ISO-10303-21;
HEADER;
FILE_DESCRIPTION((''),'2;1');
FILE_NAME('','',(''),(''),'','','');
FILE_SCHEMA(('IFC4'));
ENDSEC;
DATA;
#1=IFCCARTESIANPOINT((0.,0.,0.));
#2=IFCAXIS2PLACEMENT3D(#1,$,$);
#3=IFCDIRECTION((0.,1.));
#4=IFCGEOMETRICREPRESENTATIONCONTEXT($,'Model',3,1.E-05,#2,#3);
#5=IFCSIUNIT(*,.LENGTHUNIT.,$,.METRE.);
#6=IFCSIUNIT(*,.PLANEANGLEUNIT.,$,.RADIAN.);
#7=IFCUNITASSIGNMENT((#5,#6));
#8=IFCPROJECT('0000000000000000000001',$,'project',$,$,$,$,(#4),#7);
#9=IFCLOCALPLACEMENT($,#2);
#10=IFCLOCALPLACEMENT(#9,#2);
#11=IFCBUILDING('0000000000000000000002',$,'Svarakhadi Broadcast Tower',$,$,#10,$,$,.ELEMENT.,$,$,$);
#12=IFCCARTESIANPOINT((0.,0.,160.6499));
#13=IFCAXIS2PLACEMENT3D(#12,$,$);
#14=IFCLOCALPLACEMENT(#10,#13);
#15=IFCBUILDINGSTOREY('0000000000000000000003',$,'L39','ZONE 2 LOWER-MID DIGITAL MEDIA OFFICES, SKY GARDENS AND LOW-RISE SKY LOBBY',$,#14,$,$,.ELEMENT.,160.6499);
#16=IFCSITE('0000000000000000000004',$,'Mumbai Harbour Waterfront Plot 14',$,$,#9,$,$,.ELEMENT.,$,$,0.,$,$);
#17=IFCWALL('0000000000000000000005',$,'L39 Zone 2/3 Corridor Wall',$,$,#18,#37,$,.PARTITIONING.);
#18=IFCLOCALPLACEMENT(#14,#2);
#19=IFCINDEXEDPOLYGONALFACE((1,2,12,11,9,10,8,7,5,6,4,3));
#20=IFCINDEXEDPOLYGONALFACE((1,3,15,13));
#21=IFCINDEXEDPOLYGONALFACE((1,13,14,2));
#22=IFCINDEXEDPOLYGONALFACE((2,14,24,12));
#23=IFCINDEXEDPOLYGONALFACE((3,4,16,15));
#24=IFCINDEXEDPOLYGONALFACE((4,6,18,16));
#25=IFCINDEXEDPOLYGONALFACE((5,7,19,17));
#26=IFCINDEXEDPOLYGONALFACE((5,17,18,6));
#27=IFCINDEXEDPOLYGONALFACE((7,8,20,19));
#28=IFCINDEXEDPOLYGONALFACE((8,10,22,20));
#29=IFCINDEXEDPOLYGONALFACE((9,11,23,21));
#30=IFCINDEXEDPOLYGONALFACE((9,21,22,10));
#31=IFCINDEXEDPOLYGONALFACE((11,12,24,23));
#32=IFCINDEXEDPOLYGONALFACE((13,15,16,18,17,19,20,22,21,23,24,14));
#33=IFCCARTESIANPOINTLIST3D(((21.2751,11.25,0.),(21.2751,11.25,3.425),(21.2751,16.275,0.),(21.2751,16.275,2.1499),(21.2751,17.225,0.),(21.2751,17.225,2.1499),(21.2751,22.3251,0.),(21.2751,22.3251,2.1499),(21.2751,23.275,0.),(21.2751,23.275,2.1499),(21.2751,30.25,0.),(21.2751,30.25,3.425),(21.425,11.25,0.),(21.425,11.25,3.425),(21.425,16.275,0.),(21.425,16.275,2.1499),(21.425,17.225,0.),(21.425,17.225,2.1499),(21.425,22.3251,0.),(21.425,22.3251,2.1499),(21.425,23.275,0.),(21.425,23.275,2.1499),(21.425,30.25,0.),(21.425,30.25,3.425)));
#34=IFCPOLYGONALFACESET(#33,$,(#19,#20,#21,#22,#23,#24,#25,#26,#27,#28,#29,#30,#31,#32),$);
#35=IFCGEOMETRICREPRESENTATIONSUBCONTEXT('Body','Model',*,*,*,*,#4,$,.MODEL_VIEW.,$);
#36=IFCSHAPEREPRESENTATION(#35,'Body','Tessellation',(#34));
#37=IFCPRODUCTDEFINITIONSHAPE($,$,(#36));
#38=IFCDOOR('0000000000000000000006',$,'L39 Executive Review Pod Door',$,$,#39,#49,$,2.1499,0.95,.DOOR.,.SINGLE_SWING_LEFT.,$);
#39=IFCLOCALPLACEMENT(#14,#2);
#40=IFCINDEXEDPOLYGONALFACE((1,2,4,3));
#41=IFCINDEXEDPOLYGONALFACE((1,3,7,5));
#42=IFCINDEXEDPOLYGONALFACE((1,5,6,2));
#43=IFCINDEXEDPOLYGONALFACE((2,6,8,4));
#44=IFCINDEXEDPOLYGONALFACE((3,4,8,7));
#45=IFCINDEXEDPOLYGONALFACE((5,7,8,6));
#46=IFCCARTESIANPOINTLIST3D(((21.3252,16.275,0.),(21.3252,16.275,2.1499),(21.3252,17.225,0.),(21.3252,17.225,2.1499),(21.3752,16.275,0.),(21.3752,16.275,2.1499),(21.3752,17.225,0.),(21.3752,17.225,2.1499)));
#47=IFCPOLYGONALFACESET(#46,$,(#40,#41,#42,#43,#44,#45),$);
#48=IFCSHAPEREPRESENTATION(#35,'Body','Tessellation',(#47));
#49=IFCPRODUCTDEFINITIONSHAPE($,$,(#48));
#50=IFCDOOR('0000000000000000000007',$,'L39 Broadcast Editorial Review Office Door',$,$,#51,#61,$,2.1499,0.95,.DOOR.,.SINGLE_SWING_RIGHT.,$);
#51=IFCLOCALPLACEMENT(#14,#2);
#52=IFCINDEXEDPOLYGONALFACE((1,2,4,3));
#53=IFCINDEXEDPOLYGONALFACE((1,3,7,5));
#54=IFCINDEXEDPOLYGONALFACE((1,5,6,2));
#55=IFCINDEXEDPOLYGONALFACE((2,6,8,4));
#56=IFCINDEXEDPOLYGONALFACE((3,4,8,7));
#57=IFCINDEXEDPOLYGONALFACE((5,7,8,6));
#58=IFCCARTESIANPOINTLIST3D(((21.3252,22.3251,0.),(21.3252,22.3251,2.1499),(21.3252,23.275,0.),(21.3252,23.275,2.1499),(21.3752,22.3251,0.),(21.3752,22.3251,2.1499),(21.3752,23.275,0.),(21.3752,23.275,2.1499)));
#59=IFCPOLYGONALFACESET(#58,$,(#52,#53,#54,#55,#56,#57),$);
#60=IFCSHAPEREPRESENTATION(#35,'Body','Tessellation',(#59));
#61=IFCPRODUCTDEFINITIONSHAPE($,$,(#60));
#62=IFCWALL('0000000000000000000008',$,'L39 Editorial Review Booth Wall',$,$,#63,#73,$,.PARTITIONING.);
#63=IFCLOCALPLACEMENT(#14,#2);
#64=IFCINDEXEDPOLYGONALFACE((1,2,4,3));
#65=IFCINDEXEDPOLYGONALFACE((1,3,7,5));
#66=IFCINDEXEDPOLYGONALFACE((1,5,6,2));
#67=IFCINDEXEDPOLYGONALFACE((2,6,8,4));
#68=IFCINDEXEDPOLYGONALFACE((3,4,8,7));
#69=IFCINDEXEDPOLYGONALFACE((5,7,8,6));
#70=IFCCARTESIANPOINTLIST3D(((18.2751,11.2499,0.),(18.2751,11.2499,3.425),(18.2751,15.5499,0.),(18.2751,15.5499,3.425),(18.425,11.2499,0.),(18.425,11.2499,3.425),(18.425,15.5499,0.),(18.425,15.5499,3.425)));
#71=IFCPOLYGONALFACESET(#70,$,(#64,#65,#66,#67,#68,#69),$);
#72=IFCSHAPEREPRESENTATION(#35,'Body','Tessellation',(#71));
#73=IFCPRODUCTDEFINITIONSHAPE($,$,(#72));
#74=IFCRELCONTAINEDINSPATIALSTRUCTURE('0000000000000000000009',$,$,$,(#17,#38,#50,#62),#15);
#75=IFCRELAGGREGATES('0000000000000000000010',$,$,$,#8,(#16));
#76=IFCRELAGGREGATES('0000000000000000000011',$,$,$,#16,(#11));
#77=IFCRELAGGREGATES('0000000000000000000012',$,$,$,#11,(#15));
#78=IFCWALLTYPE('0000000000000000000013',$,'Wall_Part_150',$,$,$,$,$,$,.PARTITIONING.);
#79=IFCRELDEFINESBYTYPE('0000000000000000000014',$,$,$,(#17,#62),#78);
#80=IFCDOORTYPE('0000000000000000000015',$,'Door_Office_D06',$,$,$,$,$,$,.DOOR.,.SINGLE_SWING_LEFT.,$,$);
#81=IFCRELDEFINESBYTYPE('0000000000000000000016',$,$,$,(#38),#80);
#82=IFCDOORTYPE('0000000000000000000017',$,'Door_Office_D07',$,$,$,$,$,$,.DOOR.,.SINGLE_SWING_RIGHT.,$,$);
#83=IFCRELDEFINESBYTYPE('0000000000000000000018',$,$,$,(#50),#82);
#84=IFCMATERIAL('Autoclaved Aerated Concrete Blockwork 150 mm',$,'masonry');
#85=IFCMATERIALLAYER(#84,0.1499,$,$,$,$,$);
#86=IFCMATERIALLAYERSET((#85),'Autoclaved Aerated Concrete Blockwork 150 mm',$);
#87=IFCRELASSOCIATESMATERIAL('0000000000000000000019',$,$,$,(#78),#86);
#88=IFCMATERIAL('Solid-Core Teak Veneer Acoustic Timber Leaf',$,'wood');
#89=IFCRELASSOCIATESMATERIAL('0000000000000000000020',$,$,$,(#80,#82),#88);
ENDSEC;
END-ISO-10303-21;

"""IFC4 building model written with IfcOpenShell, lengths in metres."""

from ifc_helpers import new_model, si_unit, direction, frame, frame_2d, origin, place, context, subcontext, project, spatial, rectangle, extrude, material, layer, layer_set, type_object, element, fill, save


model = new_model("IFC4")

# Units and contexts
model_context = context("Model", 3, precision=1e-05, world=origin(), true_north=direction((0.0, 1.0)))
body_context = subcontext(model_context, "Body", "Model", "MODEL_VIEW")
ifc_project = project(units=[si_unit("LENGTHUNIT", "METRE"), si_unit("PLANEANGLEUNIT", "RADIAN")], contexts=[model_context])

# Site, building, storey
site_placement = place(None, origin())
site = spatial("IfcSite", under=ifc_project, at=site_placement, Name="Mumbai Harbour Waterfront Plot 14", CompositionType="ELEMENT", RefElevation=0.0)
building_placement = place(site_placement, origin())
building = spatial("IfcBuilding", under=site, at=building_placement, Name="Svarakhadi Broadcast Tower", CompositionType="ELEMENT")
storey_placement = place(building_placement, frame((0.0, 0.0, 160.6499)))
storey = spatial("IfcBuildingStorey", under=building, at=storey_placement, Name="L39", Description="ZONE 2 LOWER-MID DIGITAL MEDIA OFFICES, SKY GARDENS AND LOW-RISE SKY LOBBY", CompositionType="ELEMENT", Elevation=160.6499)

# Shared definitions
ifc_material_1 = material(Name="Autoclaved Aerated Concrete Blockwork 150 mm", Category="masonry")
ifc_layer_1 = layer(ifc_material_1, 0.1499)
ifc_layer_set_1 = layer_set([ifc_layer_1], Name="Autoclaved Aerated Concrete Blockwork 150 mm")
wall_type = type_object("IfcWallType", Name="Wall_Part_150", PredefinedType="PARTITIONING", material=ifc_layer_set_1)

# Wall, openings, doors
ifc_material_2 = material(Name="Solid-Core Teak Veneer Acoustic Timber Leaf", Category="wood")
door_type_1 = type_object("IfcDoorType", Name="Door_Office_D06", OperationType="SINGLE_SWING_LEFT", PredefinedType="DOOR", material=ifc_material_2)
door_type_2 = type_object("IfcDoorType", Name="Door_Office_D07", OperationType="SINGLE_SWING_RIGHT", PredefinedType="DOOR", material=ifc_material_2)
wall_1_placement = place(storey_placement, frame((21.3501, 11.25, 0.0), z_axis=(0.0, 0.0, 1.0), x_axis=(0.0, 1.0, 0.0)))
wall_1 = element("IfcWall", 1, at=wall_1_placement, inside=storey, type_object=wall_type, Name="L39 Zone 2/3 Corridor Wall", PredefinedType="PARTITIONING", context=body_context, shape_type="SweptSolid", body=[
    extrude(rectangle(XDim=19.0, YDim=0.1499, at=frame_2d((9.5, 0.0))), origin(), (0.0, 0.0, 1.0), 3.425),
])
opening_1_placement = place(wall_1_placement, frame((11.075, 0.0, 0.0)))
opening_1 = element("IfcOpeningElement", 2, at=opening_1_placement, cuts=wall_1, PredefinedType="OPENING", context=body_context, shape_type="SweptSolid", body=[
    extrude(rectangle(XDim=0.95, YDim=2.1499, at=frame_2d((0.4751, 1.075))), frame((0.0, 0.085, 0.0), z_axis=(0.0, -1.0, 0.0), x_axis=(1.0, 0.0, 0.0)), (0.0, 0.0, 1.0), 0.1699),
])
opening_2_placement = place(wall_1_placement, frame((5.0249, 0.0, 0.0)))
opening_2 = element("IfcOpeningElement", 3, at=opening_2_placement, cuts=wall_1, PredefinedType="OPENING", context=body_context, shape_type="SweptSolid", body=[
    extrude(rectangle(XDim=0.95, YDim=2.1499, at=frame_2d((0.4751, 1.075))), frame((0.0, 0.085, 0.0), z_axis=(0.0, -1.0, 0.0), x_axis=(1.0, 0.0, 0.0)), (0.0, 0.0, 1.0), 0.1699),
])
door_1_placement = place(opening_2_placement, origin())
door_1 = element("IfcDoor", 4, at=door_1_placement, inside=storey, type_object=door_type_1, Name="L39 Executive Review Pod Door", OperationType="SINGLE_SWING_LEFT", OverallHeight=2.1499, OverallWidth=0.95, PredefinedType="DOOR", context=body_context, shape_type="SweptSolid", body=[
    extrude(rectangle(XDim=0.95, YDim=2.1499, at=frame_2d((0.4751, 1.075))), frame((0.0, 0.0249, 0.0), z_axis=(0.0, -1.0, 0.0), x_axis=(1.0, 0.0, 0.0)), (0.0, 0.0, 1.0), 0.05),
])
fill(opening_2, door_1)
door_2_placement = place(opening_1_placement, origin())
door_2 = element("IfcDoor", 5, at=door_2_placement, inside=storey, type_object=door_type_2, Name="L39 Broadcast Editorial Review Office Door", OperationType="SINGLE_SWING_RIGHT", OverallHeight=2.1499, OverallWidth=0.95, PredefinedType="DOOR", context=body_context, shape_type="SweptSolid", body=[
    extrude(rectangle(XDim=0.95, YDim=2.1499, at=frame_2d((0.4751, 1.075))), frame((0.0, 0.0249, 0.0), z_axis=(0.0, -1.0, 0.0), x_axis=(1.0, 0.0, 0.0)), (0.0, 0.0, 1.0), 0.05),
])
fill(opening_1, door_2)

# Wall
wall_2_placement = place(storey_placement, frame((18.3501, 11.25, 0.0), z_axis=(0.0, 0.0, 1.0), x_axis=(0.0, 1.0, 0.0)))
element("IfcWall", 6, at=wall_2_placement, inside=storey, type_object=wall_type, Name="L39 Editorial Review Booth Wall", PredefinedType="PARTITIONING", context=body_context, shape_type="SweptSolid", body=[
    extrude(rectangle(XDim=4.3, YDim=0.1499, at=frame_2d((2.1499, 0.0))), origin(), (0.0, 0.0, 1.0), 3.425),
])

save(model, "model.ifc")
